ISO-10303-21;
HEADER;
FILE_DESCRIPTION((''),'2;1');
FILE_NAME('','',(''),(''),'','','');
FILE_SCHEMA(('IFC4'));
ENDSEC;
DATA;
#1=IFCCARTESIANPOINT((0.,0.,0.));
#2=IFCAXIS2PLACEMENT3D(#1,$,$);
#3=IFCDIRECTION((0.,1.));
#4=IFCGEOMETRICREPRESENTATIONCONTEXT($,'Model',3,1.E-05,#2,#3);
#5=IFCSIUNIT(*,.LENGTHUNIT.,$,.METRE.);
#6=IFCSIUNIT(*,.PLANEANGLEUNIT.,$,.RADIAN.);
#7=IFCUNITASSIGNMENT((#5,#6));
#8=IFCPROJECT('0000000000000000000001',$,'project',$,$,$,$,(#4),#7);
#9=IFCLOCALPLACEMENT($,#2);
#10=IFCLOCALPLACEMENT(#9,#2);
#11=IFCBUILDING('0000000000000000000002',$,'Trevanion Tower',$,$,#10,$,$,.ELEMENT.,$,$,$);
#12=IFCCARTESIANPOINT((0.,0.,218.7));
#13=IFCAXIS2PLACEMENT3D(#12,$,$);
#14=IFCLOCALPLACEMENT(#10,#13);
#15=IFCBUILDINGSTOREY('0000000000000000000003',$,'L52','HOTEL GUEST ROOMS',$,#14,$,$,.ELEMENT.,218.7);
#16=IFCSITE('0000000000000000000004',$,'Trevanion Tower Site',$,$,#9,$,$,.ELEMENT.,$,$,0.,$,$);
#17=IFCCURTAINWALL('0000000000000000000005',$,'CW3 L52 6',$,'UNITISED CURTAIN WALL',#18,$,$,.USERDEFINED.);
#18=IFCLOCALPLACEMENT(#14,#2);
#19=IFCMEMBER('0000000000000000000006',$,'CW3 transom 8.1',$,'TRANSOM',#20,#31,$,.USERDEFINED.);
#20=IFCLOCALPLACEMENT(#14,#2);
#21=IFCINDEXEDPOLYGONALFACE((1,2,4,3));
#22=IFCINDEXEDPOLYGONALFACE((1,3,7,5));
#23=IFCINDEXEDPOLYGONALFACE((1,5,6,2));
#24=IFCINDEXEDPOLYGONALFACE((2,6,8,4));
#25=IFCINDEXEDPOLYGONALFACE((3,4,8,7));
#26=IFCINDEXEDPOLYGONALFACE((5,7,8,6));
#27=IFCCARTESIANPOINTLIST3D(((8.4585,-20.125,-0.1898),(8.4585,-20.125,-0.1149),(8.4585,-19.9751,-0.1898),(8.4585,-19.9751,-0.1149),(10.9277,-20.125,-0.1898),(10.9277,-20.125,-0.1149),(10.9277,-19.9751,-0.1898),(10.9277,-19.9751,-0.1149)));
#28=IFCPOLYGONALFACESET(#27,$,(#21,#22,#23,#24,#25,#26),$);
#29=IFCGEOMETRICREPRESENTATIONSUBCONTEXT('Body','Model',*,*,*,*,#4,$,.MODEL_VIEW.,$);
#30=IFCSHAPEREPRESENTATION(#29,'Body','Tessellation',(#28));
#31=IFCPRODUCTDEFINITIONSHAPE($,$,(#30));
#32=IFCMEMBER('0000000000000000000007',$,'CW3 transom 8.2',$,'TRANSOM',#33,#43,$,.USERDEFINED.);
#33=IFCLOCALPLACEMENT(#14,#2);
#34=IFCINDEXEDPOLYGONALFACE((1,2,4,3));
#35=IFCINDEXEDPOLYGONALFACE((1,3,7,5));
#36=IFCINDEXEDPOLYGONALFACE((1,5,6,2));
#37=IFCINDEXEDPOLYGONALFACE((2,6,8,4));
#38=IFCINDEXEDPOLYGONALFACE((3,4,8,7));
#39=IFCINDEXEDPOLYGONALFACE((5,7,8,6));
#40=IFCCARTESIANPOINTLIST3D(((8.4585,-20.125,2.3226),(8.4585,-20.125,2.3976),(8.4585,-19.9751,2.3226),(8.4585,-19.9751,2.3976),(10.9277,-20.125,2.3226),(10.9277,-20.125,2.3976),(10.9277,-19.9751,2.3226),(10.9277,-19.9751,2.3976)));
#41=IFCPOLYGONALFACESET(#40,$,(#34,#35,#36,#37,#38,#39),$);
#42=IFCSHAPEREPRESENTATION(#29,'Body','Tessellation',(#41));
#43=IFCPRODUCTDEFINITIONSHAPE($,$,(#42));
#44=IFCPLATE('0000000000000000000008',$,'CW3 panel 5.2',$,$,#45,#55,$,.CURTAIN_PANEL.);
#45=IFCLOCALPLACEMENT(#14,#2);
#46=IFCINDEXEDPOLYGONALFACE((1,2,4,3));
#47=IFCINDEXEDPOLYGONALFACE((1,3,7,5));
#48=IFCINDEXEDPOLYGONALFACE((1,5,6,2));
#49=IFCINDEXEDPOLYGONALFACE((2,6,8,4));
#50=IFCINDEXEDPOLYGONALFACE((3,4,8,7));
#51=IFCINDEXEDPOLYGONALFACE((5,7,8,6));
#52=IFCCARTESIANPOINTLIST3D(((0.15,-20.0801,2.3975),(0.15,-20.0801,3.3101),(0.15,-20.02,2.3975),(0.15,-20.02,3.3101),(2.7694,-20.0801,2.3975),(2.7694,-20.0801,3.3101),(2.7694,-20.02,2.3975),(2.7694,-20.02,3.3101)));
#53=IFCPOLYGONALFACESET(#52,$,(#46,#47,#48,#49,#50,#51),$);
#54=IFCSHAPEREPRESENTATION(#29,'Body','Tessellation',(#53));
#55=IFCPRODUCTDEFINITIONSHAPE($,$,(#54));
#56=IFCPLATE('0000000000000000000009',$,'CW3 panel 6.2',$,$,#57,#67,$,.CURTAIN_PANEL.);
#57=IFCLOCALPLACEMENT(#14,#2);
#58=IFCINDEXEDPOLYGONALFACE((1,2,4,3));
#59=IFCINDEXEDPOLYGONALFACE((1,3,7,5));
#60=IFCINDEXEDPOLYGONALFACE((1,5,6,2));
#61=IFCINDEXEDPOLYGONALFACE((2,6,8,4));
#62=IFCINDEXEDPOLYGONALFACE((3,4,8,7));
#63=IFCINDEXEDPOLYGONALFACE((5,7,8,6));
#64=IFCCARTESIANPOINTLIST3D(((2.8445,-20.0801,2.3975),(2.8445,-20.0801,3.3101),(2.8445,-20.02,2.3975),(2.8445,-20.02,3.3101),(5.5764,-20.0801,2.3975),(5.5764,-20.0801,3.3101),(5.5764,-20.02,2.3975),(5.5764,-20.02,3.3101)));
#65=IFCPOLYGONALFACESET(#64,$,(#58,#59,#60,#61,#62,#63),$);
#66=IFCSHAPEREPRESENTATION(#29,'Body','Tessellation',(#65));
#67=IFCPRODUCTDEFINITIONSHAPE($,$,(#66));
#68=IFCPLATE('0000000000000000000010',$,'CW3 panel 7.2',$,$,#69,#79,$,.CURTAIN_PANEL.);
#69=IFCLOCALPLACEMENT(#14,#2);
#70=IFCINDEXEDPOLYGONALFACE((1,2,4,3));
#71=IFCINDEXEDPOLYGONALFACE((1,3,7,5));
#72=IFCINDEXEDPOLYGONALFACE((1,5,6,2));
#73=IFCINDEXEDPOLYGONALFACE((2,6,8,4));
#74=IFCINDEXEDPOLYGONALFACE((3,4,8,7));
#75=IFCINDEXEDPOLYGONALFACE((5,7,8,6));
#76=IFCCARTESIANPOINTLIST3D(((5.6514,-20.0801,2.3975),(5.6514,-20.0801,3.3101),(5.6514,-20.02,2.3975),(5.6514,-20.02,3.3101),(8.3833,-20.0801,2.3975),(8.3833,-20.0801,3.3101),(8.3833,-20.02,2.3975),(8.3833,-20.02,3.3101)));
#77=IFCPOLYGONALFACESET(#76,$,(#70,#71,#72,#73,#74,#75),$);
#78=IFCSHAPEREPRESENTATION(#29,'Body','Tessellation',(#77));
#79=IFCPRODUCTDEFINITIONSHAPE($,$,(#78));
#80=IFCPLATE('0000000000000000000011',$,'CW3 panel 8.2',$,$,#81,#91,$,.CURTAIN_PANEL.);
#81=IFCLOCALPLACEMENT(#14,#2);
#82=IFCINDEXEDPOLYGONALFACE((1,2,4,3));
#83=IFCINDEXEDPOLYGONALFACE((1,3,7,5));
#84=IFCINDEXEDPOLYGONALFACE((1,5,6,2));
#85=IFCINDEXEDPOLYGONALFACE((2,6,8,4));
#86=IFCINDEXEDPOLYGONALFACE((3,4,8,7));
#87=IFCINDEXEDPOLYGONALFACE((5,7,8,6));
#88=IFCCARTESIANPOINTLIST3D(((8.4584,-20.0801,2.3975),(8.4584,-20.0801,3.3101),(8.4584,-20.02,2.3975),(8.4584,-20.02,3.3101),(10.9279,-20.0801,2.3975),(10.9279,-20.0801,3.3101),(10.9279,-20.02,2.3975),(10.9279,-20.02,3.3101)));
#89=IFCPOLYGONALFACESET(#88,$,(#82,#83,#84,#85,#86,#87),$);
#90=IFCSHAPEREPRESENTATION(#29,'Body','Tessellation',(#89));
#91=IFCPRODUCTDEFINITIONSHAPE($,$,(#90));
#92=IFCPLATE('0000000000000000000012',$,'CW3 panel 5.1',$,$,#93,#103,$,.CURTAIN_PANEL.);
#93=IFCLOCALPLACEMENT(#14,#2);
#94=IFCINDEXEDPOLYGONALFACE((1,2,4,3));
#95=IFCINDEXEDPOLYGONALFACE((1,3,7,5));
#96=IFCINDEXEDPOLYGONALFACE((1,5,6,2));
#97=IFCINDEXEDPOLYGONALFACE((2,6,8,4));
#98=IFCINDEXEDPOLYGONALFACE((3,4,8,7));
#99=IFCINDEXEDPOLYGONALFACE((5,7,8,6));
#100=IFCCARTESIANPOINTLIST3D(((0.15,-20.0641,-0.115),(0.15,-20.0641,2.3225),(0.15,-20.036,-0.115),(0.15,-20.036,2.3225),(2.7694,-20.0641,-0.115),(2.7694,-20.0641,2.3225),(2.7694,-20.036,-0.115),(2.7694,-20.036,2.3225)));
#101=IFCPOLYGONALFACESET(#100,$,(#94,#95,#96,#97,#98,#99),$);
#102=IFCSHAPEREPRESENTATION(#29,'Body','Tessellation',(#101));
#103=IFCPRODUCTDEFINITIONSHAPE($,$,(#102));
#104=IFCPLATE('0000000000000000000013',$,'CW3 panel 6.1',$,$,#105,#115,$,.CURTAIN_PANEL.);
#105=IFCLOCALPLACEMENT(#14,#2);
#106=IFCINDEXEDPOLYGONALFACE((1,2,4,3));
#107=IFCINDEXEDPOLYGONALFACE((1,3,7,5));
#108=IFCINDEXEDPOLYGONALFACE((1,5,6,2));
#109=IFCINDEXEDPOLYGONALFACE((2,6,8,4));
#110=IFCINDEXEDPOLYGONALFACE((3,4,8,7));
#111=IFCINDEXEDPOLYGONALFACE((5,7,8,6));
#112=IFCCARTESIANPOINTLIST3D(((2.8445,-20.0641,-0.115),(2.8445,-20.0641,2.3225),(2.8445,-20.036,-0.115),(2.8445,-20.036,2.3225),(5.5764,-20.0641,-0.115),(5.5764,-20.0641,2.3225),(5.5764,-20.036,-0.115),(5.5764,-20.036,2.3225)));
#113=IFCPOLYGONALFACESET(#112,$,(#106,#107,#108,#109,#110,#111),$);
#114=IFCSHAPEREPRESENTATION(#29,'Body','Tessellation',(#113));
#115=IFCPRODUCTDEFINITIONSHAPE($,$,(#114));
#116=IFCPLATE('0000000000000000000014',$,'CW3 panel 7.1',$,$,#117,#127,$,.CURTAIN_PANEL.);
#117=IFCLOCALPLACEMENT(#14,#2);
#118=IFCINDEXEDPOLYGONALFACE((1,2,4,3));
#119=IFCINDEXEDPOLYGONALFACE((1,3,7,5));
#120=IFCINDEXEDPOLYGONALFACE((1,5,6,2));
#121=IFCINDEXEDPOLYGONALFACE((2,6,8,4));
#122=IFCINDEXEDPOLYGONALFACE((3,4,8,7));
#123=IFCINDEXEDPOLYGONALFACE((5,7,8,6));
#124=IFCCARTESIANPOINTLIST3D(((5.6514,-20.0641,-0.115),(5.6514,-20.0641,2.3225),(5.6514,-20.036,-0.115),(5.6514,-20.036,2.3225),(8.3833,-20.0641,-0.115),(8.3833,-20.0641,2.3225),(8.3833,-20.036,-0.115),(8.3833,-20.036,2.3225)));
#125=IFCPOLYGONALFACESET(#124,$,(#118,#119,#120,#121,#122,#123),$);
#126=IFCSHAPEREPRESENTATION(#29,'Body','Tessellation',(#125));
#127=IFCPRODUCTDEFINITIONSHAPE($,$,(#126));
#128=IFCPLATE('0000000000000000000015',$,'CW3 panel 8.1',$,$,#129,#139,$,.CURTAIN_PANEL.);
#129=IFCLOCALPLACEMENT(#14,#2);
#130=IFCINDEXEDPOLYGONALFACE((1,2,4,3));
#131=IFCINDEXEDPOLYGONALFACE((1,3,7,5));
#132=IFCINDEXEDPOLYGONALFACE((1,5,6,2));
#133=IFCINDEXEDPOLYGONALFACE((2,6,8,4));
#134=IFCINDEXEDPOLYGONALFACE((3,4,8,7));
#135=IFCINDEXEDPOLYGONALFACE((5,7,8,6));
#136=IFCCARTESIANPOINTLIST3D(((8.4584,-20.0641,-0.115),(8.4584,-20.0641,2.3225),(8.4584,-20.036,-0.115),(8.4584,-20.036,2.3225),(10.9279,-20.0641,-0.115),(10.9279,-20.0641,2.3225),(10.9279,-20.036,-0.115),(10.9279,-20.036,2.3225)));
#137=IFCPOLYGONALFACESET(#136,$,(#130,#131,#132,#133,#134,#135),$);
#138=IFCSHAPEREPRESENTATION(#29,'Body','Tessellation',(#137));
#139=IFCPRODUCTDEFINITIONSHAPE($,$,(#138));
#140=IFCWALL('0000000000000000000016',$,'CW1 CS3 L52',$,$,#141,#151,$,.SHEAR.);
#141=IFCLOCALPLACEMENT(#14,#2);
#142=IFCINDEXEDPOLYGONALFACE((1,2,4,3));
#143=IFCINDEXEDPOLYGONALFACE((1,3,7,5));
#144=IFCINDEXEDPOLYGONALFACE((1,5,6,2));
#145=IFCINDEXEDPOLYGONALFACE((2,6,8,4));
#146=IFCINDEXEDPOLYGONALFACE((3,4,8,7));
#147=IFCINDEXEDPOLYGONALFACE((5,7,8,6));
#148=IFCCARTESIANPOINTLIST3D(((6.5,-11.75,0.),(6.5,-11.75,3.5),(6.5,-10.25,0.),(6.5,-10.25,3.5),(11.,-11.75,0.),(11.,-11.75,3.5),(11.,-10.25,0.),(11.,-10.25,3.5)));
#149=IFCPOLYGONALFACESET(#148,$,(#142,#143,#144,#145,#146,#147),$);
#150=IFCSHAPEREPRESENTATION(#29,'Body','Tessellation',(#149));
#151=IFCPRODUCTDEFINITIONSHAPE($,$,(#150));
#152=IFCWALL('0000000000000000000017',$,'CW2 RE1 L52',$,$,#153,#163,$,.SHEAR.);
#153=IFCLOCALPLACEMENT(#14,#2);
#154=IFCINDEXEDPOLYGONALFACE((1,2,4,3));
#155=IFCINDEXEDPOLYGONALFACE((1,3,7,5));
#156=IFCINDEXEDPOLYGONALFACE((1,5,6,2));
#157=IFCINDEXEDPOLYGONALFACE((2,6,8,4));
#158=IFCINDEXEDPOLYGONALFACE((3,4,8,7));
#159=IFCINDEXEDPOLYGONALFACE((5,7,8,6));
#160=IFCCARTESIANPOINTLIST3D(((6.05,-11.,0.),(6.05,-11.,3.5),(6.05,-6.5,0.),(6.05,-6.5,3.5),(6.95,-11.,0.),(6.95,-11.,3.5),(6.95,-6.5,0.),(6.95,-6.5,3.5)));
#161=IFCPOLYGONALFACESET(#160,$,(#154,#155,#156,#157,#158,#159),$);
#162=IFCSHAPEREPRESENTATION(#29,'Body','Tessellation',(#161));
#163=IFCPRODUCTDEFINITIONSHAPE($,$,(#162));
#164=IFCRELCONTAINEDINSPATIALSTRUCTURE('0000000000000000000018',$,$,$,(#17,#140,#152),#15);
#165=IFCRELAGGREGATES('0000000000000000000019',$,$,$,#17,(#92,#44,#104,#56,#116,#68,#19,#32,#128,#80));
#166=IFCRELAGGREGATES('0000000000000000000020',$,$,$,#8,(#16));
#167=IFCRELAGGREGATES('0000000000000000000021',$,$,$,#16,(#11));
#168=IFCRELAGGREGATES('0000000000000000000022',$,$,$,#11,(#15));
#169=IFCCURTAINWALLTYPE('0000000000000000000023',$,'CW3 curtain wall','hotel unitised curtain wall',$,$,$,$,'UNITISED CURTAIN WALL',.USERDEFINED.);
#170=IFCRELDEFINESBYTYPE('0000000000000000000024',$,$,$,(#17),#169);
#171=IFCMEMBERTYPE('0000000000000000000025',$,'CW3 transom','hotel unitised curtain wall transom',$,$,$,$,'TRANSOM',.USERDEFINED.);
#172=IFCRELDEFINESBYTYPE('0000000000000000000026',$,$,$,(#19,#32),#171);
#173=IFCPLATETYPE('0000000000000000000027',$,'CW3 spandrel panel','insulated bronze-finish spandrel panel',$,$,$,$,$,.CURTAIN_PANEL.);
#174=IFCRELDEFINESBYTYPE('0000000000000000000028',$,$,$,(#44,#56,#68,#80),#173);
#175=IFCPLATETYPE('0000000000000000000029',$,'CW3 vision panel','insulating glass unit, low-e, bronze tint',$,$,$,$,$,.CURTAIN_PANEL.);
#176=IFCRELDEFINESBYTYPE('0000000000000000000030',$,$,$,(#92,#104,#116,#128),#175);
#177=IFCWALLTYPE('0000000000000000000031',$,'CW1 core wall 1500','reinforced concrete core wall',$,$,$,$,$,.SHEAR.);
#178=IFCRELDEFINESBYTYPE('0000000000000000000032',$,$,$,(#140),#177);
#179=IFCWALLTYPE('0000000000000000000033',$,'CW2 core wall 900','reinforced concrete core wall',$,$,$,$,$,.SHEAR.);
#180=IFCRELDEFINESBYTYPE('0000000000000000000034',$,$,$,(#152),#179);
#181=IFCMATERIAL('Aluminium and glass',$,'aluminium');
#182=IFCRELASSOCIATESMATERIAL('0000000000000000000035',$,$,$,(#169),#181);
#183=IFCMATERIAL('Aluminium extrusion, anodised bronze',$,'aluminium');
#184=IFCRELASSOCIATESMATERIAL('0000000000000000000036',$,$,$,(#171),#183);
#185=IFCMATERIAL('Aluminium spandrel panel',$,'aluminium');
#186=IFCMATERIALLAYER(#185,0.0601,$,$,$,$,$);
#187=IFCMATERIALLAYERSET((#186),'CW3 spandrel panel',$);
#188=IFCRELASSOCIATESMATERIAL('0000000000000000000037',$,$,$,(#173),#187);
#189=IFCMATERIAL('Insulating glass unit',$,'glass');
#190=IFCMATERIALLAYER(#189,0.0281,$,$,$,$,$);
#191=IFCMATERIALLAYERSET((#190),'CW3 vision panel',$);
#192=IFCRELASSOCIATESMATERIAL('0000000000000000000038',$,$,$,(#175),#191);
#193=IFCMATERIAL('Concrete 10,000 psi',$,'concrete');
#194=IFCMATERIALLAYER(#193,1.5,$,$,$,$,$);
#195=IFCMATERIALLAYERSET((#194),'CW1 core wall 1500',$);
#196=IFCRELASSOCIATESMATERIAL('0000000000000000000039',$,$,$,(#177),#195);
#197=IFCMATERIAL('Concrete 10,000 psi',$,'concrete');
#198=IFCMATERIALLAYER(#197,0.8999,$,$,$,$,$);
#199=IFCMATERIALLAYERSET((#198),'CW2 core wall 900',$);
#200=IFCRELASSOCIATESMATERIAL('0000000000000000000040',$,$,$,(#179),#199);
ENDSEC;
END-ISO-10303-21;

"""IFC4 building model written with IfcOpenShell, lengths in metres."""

from ifc_helpers import new_model, si_unit, direction, frame, frame_2d, origin, origin_2d, place, context, subcontext, project, spatial, rectangle, extrude, material, layer, layer_set, material_profile, profile_set, type_object, element, aggregate, save


model = new_model("IFC4")

# Units and contexts
model_context = context("Model", 3, precision=1e-05, world=origin(), true_north=direction((0.0, 1.0)))
body_context = subcontext(model_context, "Body", "Model", "MODEL_VIEW")
ifc_project = project(units=[si_unit("LENGTHUNIT", "METRE"), si_unit("PLANEANGLEUNIT", "RADIAN")], contexts=[model_context])

# Site, building, storey
site_placement = place(None, origin())
site = spatial("IfcSite", under=ifc_project, at=site_placement, Name="Trevanion Tower Site", CompositionType="ELEMENT", RefElevation=0.0)
building_placement = place(site_placement, origin())
building = spatial("IfcBuilding", under=site, at=building_placement, Name="Trevanion Tower", CompositionType="ELEMENT")
storey_placement = place(building_placement, frame((0.0, 0.0, 218.7)))
storey = spatial("IfcBuildingStorey", under=building, at=storey_placement, Name="L52", Description="HOTEL GUEST ROOMS", CompositionType="ELEMENT", Elevation=218.7)

# Curtain wall, members, plates
ifc_material_1 = material(Name="Aluminium and glass", Category="aluminium")
curtain_wall_type = type_object("IfcCurtainWallType", Name="CW3 curtain wall", Description="hotel unitised curtain wall", ElementType="UNITISED CURTAIN WALL", PredefinedType="USERDEFINED", material=ifc_material_1)
curtain_wall_placement = place(storey_placement, origin())
curtain_wall = element("IfcCurtainWall", 1, at=curtain_wall_placement, inside=storey, type_object=curtain_wall_type, Name="CW3 L52 6", ObjectType="UNITISED CURTAIN WALL", PredefinedType="USERDEFINED")
ifc_material_2 = material(Name="Aluminium extrusion, anodised bronze", Category="aluminium")
ifc_material_profile_1 = material_profile(ifc_material_2, rectangle(XDim=0.1499, YDim=0.075, at=origin_2d()), Name="CW3 transom")
ifc_profile_set_1 = profile_set([ifc_material_profile_1], Name="Aluminium extrusion, anodised bronze")
member_type_1 = type_object("IfcMemberType", Name="CW3 transom", Description="hotel unitised curtain wall transom", ElementType="TRANSOM", PredefinedType="USERDEFINED", material=ifc_profile_set_1)
member_1_placement = place(storey_placement, frame((8.4585, -20.05, -0.1523), z_axis=(1.0, 0.0, 0.0), x_axis=(0.0, 1.0, 0.0)))
member_1 = element("IfcMember", 2, at=member_1_placement, type_object=member_type_1, Name="CW3 transom 8.1", ObjectType="TRANSOM", PredefinedType="USERDEFINED", context=body_context, shape_type="SweptSolid", body=[
    extrude(rectangle(XDim=0.1499, YDim=0.075, at=origin_2d()), origin(), (0.0, 0.0, 1.0), 2.4692),
])
member_2_placement = place(storey_placement, frame((8.4585, -20.05, 2.3601), z_axis=(1.0, 0.0, 0.0), x_axis=(0.0, 1.0, 0.0)))
member_2 = element("IfcMember", 3, at=member_2_placement, type_object=member_type_1, Name="CW3 transom 8.2", ObjectType="TRANSOM", PredefinedType="USERDEFINED", context=body_context, shape_type="SweptSolid", body=[
    extrude(rectangle(XDim=0.1499, YDim=0.075, at=origin_2d()), origin(), (0.0, 0.0, 1.0), 2.4692),
])
ifc_material_3 = material(Name="Aluminium spandrel panel", Category="aluminium")
ifc_layer_1 = layer(ifc_material_3, 0.0601)
ifc_layer_set_1 = layer_set([ifc_layer_1], Name="CW3 spandrel panel")
plate_type_1 = type_object("IfcPlateType", Name="CW3 spandrel panel", Description="insulated bronze-finish spandrel panel", PredefinedType="CURTAIN_PANEL", material=ifc_layer_set_1)
plate_1_placement = place(storey_placement, frame((1.4597, -20.05, 2.3975), z_axis=(0.0, 0.0, 1.0), x_axis=(1.0, 0.0, 0.0)))
plate_1 = element("IfcPlate", 4, at=plate_1_placement, type_object=plate_type_1, Name="CW3 panel 5.2", PredefinedType="CURTAIN_PANEL", context=body_context, shape_type="SweptSolid", body=[
    extrude(rectangle(XDim=2.6194, YDim=0.0601, at=origin_2d()), origin(), (0.0, 0.0, 1.0), 0.9126),
])
plate_2_placement = place(storey_placement, frame((4.2104, -20.05, 2.3975), z_axis=(0.0, 0.0, 1.0), x_axis=(1.0, 0.0, 0.0)))
plate_2 = element("IfcPlate", 5, at=plate_2_placement, type_object=plate_type_1, Name="CW3 panel 6.2", PredefinedType="CURTAIN_PANEL", context=body_context, shape_type="SweptSolid", body=[
    extrude(rectangle(XDim=2.7319, YDim=0.0601, at=origin_2d()), origin(), (0.0, 0.0, 1.0), 0.9126),
])
plate_3_placement = place(storey_placement, frame((7.0173, -20.05, 2.3975), z_axis=(0.0, 0.0, 1.0), x_axis=(1.0, 0.0, 0.0)))
plate_3 = element("IfcPlate", 6, at=plate_3_placement, type_object=plate_type_1, Name="CW3 panel 7.2", PredefinedType="CURTAIN_PANEL", context=body_context, shape_type="SweptSolid", body=[
    extrude(rectangle(XDim=2.7319, YDim=0.0601, at=origin_2d()), origin(), (0.0, 0.0, 1.0), 0.9126),
])
plate_4_placement = place(storey_placement, frame((9.6931, -20.05, 2.3975), z_axis=(0.0, 0.0, 1.0), x_axis=(1.0, 0.0, 0.0)))
plate_4 = element("IfcPlate", 7, at=plate_4_placement, type_object=plate_type_1, Name="CW3 panel 8.2", PredefinedType="CURTAIN_PANEL", context=body_context, shape_type="SweptSolid", body=[
    extrude(rectangle(XDim=2.4695, YDim=0.0601, at=origin_2d()), origin(), (0.0, 0.0, 1.0), 0.9126),
])
ifc_material_4 = material(Name="Insulating glass unit", Category="glass")
ifc_layer_2 = layer(ifc_material_4, 0.0281)
ifc_layer_set_2 = layer_set([ifc_layer_2], Name="CW3 vision panel")
plate_type_2 = type_object("IfcPlateType", Name="CW3 vision panel", Description="insulating glass unit, low-e, bronze tint", PredefinedType="CURTAIN_PANEL", material=ifc_layer_set_2)
plate_5_placement = place(storey_placement, frame((1.4597, -20.05, -0.115), z_axis=(0.0, 0.0, 1.0), x_axis=(1.0, 0.0, 0.0)))
plate_5 = element("IfcPlate", 8, at=plate_5_placement, type_object=plate_type_2, Name="CW3 panel 5.1", PredefinedType="CURTAIN_PANEL", context=body_context, shape_type="SweptSolid", body=[
    extrude(rectangle(XDim=2.6194, YDim=0.0281, at=origin_2d()), origin(), (0.0, 0.0, 1.0), 2.4375),
])
plate_6_placement = place(storey_placement, frame((4.2104, -20.05, -0.115), z_axis=(0.0, 0.0, 1.0), x_axis=(1.0, 0.0, 0.0)))
plate_6 = element("IfcPlate", 9, at=plate_6_placement, type_object=plate_type_2, Name="CW3 panel 6.1", PredefinedType="CURTAIN_PANEL", context=body_context, shape_type="SweptSolid", body=[
    extrude(rectangle(XDim=2.7319, YDim=0.0281, at=origin_2d()), origin(), (0.0, 0.0, 1.0), 2.4375),
])
plate_7_placement = place(storey_placement, frame((7.0173, -20.05, -0.115), z_axis=(0.0, 0.0, 1.0), x_axis=(1.0, 0.0, 0.0)))
plate_7 = element("IfcPlate", 10, at=plate_7_placement, type_object=plate_type_2, Name="CW3 panel 7.1", PredefinedType="CURTAIN_PANEL", context=body_context, shape_type="SweptSolid", body=[
    extrude(rectangle(XDim=2.7319, YDim=0.0281, at=origin_2d()), origin(), (0.0, 0.0, 1.0), 2.4375),
])
plate_8_placement = place(storey_placement, frame((9.6931, -20.05, -0.115), z_axis=(0.0, 0.0, 1.0), x_axis=(1.0, 0.0, 0.0)))
plate_8 = element("IfcPlate", 11, at=plate_8_placement, type_object=plate_type_2, Name="CW3 panel 8.1", PredefinedType="CURTAIN_PANEL", context=body_context, shape_type="SweptSolid", body=[
    extrude(rectangle(XDim=2.4695, YDim=0.0281, at=origin_2d()), origin(), (0.0, 0.0, 1.0), 2.4375),
])
aggregate(curtain_wall, [plate_5, plate_1, plate_6, plate_2, plate_7, plate_3, member_1, member_2, plate_8, plate_4])

# Walls
ifc_material_5 = material(Name="Concrete 10,000 psi", Category="concrete")
ifc_layer_3 = layer(ifc_material_5, 1.5)
ifc_layer_set_3 = layer_set([ifc_layer_3], Name="CW1 core wall 1500")
wall_type_1 = type_object("IfcWallType", Name="CW1 core wall 1500", Description="reinforced concrete core wall", PredefinedType="SHEAR", material=ifc_layer_set_3)
wall_1_placement = place(storey_placement, frame((6.5, -11.0, 0.0), z_axis=(0.0, 0.0, 1.0), x_axis=(1.0, 0.0, 0.0)))
element("IfcWall", 12, at=wall_1_placement, inside=storey, type_object=wall_type_1, Name="CW1 CS3 L52", PredefinedType="SHEAR", context=body_context, shape_type="SweptSolid", body=[
    extrude(rectangle(XDim=4.5, YDim=1.5, at=frame_2d((2.25, 0.0))), origin(), (0.0, 0.0, 1.0), 3.5),
])
ifc_material_6 = material(Name="Concrete 10,000 psi", Category="concrete")
ifc_layer_4 = layer(ifc_material_6, 0.8999)
ifc_layer_set_4 = layer_set([ifc_layer_4], Name="CW2 core wall 900")
wall_type_2 = type_object("IfcWallType", Name="CW2 core wall 900", Description="reinforced concrete core wall", PredefinedType="SHEAR", material=ifc_layer_set_4)
wall_2_placement = place(storey_placement, frame((6.5, -11.0, 0.0), z_axis=(0.0, 0.0, 1.0), x_axis=(0.0, 1.0, 0.0)))
element("IfcWall", 13, at=wall_2_placement, inside=storey, type_object=wall_type_2, Name="CW2 RE1 L52", PredefinedType="SHEAR", context=body_context, shape_type="SweptSolid", body=[
    extrude(rectangle(XDim=4.5, YDim=0.8999, at=frame_2d((2.25, 0.0))), origin(), (0.0, 0.0, 1.0), 3.5),
])

save(model, "model.ifc")
